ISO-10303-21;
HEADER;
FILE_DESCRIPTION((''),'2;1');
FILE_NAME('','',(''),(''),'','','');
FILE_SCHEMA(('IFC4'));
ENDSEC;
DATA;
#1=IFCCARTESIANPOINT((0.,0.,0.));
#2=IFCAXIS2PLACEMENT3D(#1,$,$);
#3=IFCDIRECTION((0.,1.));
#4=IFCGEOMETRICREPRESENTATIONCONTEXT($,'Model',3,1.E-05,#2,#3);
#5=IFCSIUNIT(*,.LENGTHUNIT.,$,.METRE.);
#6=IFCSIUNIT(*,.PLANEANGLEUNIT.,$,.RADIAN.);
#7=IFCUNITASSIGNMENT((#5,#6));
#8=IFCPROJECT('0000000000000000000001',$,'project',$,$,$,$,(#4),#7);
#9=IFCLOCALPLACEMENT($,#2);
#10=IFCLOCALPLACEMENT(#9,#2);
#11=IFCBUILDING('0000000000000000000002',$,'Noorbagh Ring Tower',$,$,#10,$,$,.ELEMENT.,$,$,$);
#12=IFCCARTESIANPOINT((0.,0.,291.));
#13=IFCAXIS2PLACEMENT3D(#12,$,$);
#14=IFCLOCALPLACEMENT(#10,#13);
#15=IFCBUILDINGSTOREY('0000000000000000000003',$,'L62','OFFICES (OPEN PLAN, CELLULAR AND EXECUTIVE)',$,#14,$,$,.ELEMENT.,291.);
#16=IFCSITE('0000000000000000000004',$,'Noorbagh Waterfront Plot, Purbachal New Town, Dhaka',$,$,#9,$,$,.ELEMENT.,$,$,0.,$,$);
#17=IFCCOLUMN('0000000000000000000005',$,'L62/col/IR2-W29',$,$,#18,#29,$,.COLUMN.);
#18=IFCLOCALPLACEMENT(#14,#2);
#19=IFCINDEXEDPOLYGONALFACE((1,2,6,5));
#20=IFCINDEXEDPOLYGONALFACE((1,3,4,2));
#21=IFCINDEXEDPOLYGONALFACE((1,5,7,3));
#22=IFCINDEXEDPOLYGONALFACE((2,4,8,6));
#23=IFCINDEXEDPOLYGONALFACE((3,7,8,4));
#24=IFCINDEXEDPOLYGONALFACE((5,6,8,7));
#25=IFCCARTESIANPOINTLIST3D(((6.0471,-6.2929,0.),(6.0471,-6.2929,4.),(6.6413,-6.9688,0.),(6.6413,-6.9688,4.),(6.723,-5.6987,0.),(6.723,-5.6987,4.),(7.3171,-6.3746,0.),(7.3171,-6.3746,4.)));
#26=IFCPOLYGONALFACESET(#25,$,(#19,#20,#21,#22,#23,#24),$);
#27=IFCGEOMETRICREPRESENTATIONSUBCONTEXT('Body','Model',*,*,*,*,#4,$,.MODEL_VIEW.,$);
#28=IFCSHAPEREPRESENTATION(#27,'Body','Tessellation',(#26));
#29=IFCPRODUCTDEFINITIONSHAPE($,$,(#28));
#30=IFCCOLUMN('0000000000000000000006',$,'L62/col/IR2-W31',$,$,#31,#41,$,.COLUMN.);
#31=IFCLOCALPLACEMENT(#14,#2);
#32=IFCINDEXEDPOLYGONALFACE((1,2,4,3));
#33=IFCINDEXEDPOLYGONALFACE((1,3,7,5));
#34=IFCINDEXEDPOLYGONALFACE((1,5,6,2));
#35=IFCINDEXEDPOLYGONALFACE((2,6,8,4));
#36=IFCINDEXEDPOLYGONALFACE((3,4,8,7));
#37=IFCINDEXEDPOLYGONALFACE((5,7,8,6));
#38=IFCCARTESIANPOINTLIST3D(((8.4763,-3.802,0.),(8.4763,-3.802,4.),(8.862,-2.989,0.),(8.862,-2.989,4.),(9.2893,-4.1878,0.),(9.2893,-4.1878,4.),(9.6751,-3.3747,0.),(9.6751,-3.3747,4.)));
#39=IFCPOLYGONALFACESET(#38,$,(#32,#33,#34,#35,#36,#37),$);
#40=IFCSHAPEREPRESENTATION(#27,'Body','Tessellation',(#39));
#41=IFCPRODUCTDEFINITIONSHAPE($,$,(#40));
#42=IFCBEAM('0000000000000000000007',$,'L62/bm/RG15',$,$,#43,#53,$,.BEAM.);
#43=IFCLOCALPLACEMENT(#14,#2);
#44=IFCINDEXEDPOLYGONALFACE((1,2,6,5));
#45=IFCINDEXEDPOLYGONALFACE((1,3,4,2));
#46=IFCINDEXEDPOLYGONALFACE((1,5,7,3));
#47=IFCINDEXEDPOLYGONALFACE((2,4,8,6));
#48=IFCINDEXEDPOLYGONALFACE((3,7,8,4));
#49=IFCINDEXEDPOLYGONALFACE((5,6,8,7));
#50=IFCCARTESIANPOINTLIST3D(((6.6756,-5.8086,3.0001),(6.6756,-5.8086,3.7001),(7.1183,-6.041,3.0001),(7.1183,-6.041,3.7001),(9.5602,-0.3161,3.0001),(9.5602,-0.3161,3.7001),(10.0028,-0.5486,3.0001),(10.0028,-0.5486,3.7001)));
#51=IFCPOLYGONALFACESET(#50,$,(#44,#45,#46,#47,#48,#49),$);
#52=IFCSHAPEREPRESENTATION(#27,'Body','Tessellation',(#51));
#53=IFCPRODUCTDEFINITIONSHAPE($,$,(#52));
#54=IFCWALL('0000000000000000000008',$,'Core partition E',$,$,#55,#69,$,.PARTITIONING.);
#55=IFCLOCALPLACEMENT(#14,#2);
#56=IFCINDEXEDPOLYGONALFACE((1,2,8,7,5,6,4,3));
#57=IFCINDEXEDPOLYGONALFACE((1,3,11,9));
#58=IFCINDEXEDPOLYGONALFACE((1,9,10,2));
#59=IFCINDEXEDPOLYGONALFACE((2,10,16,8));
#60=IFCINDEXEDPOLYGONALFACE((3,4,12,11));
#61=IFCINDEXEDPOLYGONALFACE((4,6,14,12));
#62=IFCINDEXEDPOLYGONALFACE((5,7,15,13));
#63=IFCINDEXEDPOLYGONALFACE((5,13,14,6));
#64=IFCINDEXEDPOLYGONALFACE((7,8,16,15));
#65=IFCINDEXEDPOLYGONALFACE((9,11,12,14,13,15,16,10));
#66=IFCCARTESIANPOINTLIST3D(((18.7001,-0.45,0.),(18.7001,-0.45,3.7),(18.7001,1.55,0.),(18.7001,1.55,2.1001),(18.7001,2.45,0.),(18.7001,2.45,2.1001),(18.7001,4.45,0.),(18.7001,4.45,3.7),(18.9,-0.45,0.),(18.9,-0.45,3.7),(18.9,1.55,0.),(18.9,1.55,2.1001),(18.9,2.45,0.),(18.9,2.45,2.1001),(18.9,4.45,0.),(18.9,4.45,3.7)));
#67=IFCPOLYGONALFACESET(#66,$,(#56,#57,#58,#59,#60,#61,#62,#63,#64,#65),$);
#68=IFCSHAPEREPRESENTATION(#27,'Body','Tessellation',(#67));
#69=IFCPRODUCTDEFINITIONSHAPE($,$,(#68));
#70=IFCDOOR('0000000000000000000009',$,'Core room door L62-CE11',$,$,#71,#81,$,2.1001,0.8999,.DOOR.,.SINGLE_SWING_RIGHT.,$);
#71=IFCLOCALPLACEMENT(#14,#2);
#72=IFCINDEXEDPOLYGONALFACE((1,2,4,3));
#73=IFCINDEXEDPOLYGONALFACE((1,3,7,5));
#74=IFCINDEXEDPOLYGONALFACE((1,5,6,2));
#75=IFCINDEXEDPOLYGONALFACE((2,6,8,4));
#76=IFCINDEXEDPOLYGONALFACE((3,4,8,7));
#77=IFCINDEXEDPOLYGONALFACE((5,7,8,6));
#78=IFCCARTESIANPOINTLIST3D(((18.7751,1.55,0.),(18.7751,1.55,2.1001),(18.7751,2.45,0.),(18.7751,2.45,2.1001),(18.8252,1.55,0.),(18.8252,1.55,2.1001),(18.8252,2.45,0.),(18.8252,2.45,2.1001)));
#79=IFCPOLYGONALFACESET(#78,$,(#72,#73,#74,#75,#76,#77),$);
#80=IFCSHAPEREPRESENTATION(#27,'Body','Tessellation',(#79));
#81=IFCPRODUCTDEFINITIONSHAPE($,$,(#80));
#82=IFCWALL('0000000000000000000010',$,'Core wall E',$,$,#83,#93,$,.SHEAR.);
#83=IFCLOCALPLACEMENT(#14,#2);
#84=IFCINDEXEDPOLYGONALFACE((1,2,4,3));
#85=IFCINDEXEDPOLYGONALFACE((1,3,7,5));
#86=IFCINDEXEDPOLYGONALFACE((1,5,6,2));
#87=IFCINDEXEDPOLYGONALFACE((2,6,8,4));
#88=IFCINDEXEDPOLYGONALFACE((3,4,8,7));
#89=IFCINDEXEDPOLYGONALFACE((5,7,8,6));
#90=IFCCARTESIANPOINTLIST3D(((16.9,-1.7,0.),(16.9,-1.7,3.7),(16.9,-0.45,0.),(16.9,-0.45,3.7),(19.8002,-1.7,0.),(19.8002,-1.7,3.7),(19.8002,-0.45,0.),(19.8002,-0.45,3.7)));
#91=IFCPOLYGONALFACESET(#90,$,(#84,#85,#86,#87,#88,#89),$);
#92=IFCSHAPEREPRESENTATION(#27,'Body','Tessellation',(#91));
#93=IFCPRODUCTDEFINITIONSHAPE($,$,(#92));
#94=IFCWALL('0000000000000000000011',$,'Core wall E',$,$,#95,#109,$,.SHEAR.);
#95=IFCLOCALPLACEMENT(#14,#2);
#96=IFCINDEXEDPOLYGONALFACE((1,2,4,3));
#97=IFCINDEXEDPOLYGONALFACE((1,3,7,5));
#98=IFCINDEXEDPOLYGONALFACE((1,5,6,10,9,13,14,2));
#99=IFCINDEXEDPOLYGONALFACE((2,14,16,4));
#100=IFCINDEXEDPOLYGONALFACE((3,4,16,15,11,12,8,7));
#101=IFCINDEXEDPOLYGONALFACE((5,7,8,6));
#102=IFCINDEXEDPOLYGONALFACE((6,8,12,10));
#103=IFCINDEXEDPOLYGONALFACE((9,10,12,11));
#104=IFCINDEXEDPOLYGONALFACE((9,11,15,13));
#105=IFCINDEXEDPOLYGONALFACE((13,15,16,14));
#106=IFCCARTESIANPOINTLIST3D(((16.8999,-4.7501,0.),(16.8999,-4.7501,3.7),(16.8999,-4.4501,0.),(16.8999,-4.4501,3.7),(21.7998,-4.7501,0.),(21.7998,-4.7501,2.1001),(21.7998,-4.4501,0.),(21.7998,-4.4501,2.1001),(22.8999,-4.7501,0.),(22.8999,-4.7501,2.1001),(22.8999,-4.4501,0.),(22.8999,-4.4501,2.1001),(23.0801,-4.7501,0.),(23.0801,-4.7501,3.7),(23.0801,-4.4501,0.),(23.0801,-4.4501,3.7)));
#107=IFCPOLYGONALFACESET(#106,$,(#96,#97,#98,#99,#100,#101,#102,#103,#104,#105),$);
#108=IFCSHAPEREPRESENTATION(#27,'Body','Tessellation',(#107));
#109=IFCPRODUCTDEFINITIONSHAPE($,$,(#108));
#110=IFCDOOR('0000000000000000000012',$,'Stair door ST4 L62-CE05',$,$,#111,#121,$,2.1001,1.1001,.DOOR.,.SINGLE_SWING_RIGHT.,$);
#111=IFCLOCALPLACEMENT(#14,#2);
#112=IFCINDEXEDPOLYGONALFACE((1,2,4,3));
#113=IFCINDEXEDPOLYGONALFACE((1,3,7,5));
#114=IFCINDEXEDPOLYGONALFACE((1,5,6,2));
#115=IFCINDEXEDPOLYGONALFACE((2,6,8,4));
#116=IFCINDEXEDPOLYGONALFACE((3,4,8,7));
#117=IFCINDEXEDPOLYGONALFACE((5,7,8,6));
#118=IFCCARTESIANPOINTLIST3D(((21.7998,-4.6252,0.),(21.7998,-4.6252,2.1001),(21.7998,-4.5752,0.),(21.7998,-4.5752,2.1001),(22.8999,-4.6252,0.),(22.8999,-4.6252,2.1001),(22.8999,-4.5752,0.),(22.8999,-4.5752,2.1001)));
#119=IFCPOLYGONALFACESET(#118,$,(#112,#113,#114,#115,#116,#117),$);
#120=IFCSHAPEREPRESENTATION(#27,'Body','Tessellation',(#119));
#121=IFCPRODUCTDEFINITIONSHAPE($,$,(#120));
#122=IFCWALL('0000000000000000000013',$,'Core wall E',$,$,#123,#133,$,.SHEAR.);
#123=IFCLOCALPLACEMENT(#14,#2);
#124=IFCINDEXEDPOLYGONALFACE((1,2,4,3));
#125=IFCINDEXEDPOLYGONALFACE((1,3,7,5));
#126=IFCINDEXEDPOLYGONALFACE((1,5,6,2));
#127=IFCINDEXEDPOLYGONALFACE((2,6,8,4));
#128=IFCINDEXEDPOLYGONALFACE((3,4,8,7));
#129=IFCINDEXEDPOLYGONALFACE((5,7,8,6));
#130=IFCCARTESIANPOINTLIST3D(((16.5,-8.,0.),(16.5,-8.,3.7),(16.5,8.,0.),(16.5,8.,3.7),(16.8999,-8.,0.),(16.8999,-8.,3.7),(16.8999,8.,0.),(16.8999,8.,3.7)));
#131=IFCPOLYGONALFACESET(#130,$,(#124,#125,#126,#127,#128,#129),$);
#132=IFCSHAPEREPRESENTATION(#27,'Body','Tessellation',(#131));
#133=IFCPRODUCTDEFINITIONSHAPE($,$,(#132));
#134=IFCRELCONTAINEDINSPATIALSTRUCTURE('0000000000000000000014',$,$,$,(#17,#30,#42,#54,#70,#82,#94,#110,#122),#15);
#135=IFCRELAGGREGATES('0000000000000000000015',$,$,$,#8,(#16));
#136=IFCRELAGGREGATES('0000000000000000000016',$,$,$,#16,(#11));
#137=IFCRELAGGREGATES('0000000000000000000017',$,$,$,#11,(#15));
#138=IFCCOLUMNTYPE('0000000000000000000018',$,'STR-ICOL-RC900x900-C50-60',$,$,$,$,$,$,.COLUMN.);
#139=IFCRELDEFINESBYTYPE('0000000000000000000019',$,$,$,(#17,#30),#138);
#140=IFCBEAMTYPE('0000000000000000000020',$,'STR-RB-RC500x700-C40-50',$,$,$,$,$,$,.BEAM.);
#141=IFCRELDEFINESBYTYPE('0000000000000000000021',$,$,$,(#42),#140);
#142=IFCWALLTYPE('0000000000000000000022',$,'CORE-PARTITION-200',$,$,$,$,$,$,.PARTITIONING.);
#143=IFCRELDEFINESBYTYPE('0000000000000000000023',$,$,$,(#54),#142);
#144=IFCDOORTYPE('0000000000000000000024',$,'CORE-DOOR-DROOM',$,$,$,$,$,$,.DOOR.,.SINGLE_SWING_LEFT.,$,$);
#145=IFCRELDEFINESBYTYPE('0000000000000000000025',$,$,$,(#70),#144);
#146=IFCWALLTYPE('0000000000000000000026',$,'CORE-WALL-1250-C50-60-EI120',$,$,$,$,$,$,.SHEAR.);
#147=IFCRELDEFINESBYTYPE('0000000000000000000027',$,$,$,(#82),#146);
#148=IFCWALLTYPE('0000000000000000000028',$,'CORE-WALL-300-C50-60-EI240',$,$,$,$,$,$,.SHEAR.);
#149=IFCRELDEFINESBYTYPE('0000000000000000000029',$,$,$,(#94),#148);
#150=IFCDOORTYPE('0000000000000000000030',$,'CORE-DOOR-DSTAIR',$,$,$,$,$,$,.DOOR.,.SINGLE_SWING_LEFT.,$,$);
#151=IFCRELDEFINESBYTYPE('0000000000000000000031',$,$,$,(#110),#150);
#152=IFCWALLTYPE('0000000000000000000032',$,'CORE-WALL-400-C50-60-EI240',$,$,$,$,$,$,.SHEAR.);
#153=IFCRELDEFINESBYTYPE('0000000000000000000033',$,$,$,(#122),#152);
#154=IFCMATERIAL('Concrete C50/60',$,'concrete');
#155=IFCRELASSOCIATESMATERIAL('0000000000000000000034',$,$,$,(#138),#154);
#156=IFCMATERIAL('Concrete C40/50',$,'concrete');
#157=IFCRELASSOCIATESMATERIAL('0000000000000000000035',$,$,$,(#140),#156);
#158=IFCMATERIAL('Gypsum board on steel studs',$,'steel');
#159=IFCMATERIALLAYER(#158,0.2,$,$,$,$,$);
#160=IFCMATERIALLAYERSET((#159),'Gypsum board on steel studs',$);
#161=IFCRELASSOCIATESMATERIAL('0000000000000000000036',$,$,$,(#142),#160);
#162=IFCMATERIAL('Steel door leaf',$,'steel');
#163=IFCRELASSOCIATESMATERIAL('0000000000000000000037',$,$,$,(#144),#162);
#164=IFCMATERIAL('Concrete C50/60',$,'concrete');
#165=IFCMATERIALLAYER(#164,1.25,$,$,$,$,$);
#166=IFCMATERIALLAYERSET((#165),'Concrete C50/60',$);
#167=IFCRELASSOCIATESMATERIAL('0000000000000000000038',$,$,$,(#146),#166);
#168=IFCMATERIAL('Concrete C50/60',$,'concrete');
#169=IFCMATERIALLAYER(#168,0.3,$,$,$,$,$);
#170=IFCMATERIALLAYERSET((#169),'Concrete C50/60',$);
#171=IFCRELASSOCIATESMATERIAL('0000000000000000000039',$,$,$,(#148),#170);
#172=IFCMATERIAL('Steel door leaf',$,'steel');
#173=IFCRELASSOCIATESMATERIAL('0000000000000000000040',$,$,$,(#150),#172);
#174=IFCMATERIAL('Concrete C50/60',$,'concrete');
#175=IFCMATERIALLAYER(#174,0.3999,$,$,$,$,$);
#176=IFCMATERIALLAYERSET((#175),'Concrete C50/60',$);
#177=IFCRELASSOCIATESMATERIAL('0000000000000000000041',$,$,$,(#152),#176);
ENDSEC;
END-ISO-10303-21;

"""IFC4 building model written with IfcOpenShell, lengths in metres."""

from ifc_helpers import new_model, si_unit, direction, frame, frame_2d, origin, origin_2d, place, context, subcontext, project, spatial, rectangle, extrude, material, layer, layer_set, material_profile, profile_set, type_object, element, fill, save


model = new_model("IFC4")

# Units and contexts
model_context = context("Model", 3, precision=1e-05, world=origin(), true_north=direction((0.0, 1.0)))
body_context = subcontext(model_context, "Body", "Model", "MODEL_VIEW")
ifc_project = project(units=[si_unit("LENGTHUNIT", "METRE"), si_unit("PLANEANGLEUNIT", "RADIAN")], contexts=[model_context])

# Site, building, storey
site_placement = place(None, origin())
site = spatial("IfcSite", under=ifc_project, at=site_placement, Name="Noorbagh Waterfront Plot, Purbachal New Town, Dhaka", CompositionType="ELEMENT", RefElevation=0.0)
building_placement = place(site_placement, origin())
building = spatial("IfcBuilding", under=site, at=building_placement, Name="Noorbagh Ring Tower", CompositionType="ELEMENT")
storey_placement = place(building_placement, frame((0.0, 0.0, 291.0)))
storey = spatial("IfcBuildingStorey", under=building, at=storey_placement, Name="L62", Description="OFFICES (OPEN PLAN, CELLULAR AND EXECUTIVE)", CompositionType="ELEMENT", Elevation=291.0)

# Columns
ifc_material_1 = material(Name="Concrete C50/60", Category="concrete")
ifc_material_profile_1 = material_profile(ifc_material_1, rectangle(XDim=0.8999, YDim=0.8999, at=origin_2d()), Name="RC900x900")
ifc_profile_set_1 = profile_set([ifc_material_profile_1], Name="Concrete C50/60")
column_type = type_object("IfcColumnType", Name="STR-ICOL-RC900x900-C50-60", PredefinedType="COLUMN", material=ifc_profile_set_1)
for number, where, z_axis, x_axis, name in (
    (1, (6.6821, -6.3337, 0.0), (0.0, 0.0, 1.0), (0.751022, 0.660277, 0.0), "L62/col/IR2-W29"),
    (2, (9.0757, -3.5884, 0.0), (0.0, 0.0, 1.0), (0.428667, 0.903463, 0.0), "L62/col/IR2-W31"),
):
    element("IfcColumn", number, at=place(storey_placement, frame(where, z_axis=z_axis, x_axis=x_axis)), inside=storey, type_object=column_type, Name=name, PredefinedType="COLUMN", context=body_context, shape_type="SweptSolid", body=[
        extrude(rectangle(XDim=0.8999, YDim=0.8999, at=origin_2d()), origin(), (0.0, 0.0, 1.0), 4.0),
    ])

# Beam
ifc_material_2 = material(Name="Concrete C40/50", Category="concrete")
ifc_material_profile_2 = material_profile(ifc_material_2, rectangle(XDim=0.5, YDim=0.7, at=origin_2d()), Name="RC500x700")
ifc_profile_set_2 = profile_set([ifc_material_profile_2], Name="Concrete C40/50")
beam_type = type_object("IfcBeamType", Name="STR-RB-RC500x700-C40-50", PredefinedType="BEAM", material=ifc_profile_set_2)
beam_placement = place(storey_placement, frame((6.897, -5.9248, 3.3501), z_axis=(0.46496, 0.885332, 0.0), x_axis=(-0.885332, 0.46496, 0.0)))
element("IfcBeam", 3, at=beam_placement, inside=storey, type_object=beam_type, Name="L62/bm/RG15", PredefinedType="BEAM", context=body_context, shape_type="SweptSolid", body=[
    extrude(rectangle(XDim=0.5, YDim=0.7, at=origin_2d()), origin(), (0.0, 0.0, 1.0), 6.2039),
])

# Wall, opening, door
ifc_material_3 = material(Name="Gypsum board on steel studs", Category="steel")
ifc_layer_1 = layer(ifc_material_3, 0.2)
ifc_layer_set_1 = layer_set([ifc_layer_1], Name="Gypsum board on steel studs")
wall_type_1 = type_object("IfcWallType", Name="CORE-PARTITION-200", PredefinedType="PARTITIONING", material=ifc_layer_set_1)
wall_1_placement = place(storey_placement, frame((18.8, -0.45, 0.0), z_axis=(0.0, 0.0, 1.0), x_axis=(0.0, 1.0, 0.0)))
wall_1 = element("IfcWall", 4, at=wall_1_placement, inside=storey, type_object=wall_type_1, Name="Core partition E", PredefinedType="PARTITIONING", context=body_context, shape_type="SweptSolid", body=[
    extrude(rectangle(XDim=4.8999, YDim=0.2, at=frame_2d((2.45, 0.0))), origin(), (0.0, 0.0, 1.0), 3.7),
])
opening_1_placement = place(wall_1_placement, frame((2.0, 0.0, 0.0)))
opening_1 = element("IfcOpeningElement", 5, at=opening_1_placement, cuts=wall_1, PredefinedType="OPENING", context=body_context, shape_type="SweptSolid", body=[
    extrude(rectangle(XDim=0.8999, YDim=2.1001, at=frame_2d((0.45, 1.05))), frame((0.0, 0.1099, 0.0), z_axis=(0.0, -1.0, 0.0), x_axis=(1.0, 0.0, 0.0)), (0.0, 0.0, 1.0), 0.22),
])
ifc_material_4 = material(Name="Steel door leaf", Category="steel")
door_type_1 = type_object("IfcDoorType", Name="CORE-DOOR-DROOM", OperationType="SINGLE_SWING_LEFT", PredefinedType="DOOR", material=ifc_material_4)
door_1_placement = place(opening_1_placement, origin())
door_1 = element("IfcDoor", 6, at=door_1_placement, inside=storey, type_object=door_type_1, Name="Core room door L62-CE11", OperationType="SINGLE_SWING_RIGHT", OverallHeight=2.1001, OverallWidth=0.8999, PredefinedType="DOOR", context=body_context, shape_type="SweptSolid", body=[
    extrude(rectangle(XDim=0.8999, YDim=2.1001, at=frame_2d((0.45, 1.05))), frame((0.0, 0.0249, 0.0), z_axis=(0.0, -1.0, 0.0), x_axis=(1.0, 0.0, 0.0)), (0.0, 0.0, 1.0), 0.05),
])
fill(opening_1, door_1)

# Wall
ifc_material_5 = material(Name="Concrete C50/60", Category="concrete")
ifc_layer_2 = layer(ifc_material_5, 1.25)
ifc_layer_set_2 = layer_set([ifc_layer_2], Name="Concrete C50/60")
wall_type_2 = type_object("IfcWallType", Name="CORE-WALL-1250-C50-60-EI120", PredefinedType="SHEAR", material=ifc_layer_set_2)
wall_2_placement = place(storey_placement, frame((16.8999, -1.075, 0.0), z_axis=(0.0, 0.0, 1.0), x_axis=(1.0, 0.0, 0.0)))
element("IfcWall", 7, at=wall_2_placement, inside=storey, type_object=wall_type_2, Name="Core wall E", PredefinedType="SHEAR", context=body_context, shape_type="SweptSolid", body=[
    extrude(rectangle(XDim=2.9001, YDim=1.25, at=frame_2d((1.4502, 0.0))), origin(), (0.0, 0.0, 1.0), 3.7),
])

# Wall, opening, door
ifc_material_6 = material(Name="Concrete C50/60", Category="concrete")
ifc_layer_3 = layer(ifc_material_6, 0.3)
ifc_layer_set_3 = layer_set([ifc_layer_3], Name="Concrete C50/60")
wall_type_3 = type_object("IfcWallType", Name="CORE-WALL-300-C50-60-EI240", PredefinedType="SHEAR", material=ifc_layer_set_3)
wall_3_placement = place(storey_placement, frame((16.8999, -4.6001, 0.0), z_axis=(0.0, 0.0, 1.0), x_axis=(1.0, 0.0, 0.0)))
wall_3 = element("IfcWall", 8, at=wall_3_placement, inside=storey, type_object=wall_type_3, Name="Core wall E", PredefinedType="SHEAR", context=body_context, shape_type="SweptSolid", body=[
    extrude(rectangle(XDim=6.1802, YDim=0.3, at=frame_2d((3.0901, 0.0))), origin(), (0.0, 0.0, 1.0), 3.7),
])
opening_2_placement = place(wall_3_placement, frame((4.8999, 0.0, 0.0)))
opening_2 = element("IfcOpeningElement", 9, at=opening_2_placement, cuts=wall_3, PredefinedType="OPENING", context=body_context, shape_type="SweptSolid", body=[
    extrude(rectangle(XDim=1.1001, YDim=2.1001, at=frame_2d((0.55, 1.05))), frame((0.0, 0.1602, 0.0), z_axis=(0.0, -1.0, 0.0), x_axis=(1.0, 0.0, 0.0)), (0.0, 0.0, 1.0), 0.3201),
])
ifc_material_7 = material(Name="Steel door leaf", Category="steel")
door_type_2 = type_object("IfcDoorType", Name="CORE-DOOR-DSTAIR", OperationType="SINGLE_SWING_LEFT", PredefinedType="DOOR", material=ifc_material_7)
door_2_placement = place(opening_2_placement, origin())
door_2 = element("IfcDoor", 10, at=door_2_placement, inside=storey, type_object=door_type_2, Name="Stair door ST4 L62-CE05", OperationType="SINGLE_SWING_RIGHT", OverallHeight=2.1001, OverallWidth=1.1001, PredefinedType="DOOR", context=body_context, shape_type="SweptSolid", body=[
    extrude(rectangle(XDim=1.1001, YDim=2.1001, at=frame_2d((0.55, 1.05))), frame((0.0, 0.0249, 0.0), z_axis=(0.0, -1.0, 0.0), x_axis=(1.0, 0.0, 0.0)), (0.0, 0.0, 1.0), 0.05),
])
fill(opening_2, door_2)

# Wall
ifc_material_8 = material(Name="Concrete C50/60", Category="concrete")
ifc_layer_4 = layer(ifc_material_8, 0.3999)
ifc_layer_set_4 = layer_set([ifc_layer_4], Name="Concrete C50/60")
wall_type_4 = type_object("IfcWallType", Name="CORE-WALL-400-C50-60-EI240", PredefinedType="SHEAR", material=ifc_layer_set_4)
wall_4_placement = place(storey_placement, frame((16.7, -8.0, 0.0), z_axis=(0.0, 0.0, 1.0), x_axis=(0.0, 1.0, 0.0)))
element("IfcWall", 11, at=wall_4_placement, inside=storey, type_object=wall_type_4, Name="Core wall E", PredefinedType="SHEAR", context=body_context, shape_type="SweptSolid", body=[
    extrude(rectangle(XDim=16.0, YDim=0.3999, at=frame_2d((8.0, 0.0))), origin(), (0.0, 0.0, 1.0), 3.7),
])

save(model, "model.ifc")
